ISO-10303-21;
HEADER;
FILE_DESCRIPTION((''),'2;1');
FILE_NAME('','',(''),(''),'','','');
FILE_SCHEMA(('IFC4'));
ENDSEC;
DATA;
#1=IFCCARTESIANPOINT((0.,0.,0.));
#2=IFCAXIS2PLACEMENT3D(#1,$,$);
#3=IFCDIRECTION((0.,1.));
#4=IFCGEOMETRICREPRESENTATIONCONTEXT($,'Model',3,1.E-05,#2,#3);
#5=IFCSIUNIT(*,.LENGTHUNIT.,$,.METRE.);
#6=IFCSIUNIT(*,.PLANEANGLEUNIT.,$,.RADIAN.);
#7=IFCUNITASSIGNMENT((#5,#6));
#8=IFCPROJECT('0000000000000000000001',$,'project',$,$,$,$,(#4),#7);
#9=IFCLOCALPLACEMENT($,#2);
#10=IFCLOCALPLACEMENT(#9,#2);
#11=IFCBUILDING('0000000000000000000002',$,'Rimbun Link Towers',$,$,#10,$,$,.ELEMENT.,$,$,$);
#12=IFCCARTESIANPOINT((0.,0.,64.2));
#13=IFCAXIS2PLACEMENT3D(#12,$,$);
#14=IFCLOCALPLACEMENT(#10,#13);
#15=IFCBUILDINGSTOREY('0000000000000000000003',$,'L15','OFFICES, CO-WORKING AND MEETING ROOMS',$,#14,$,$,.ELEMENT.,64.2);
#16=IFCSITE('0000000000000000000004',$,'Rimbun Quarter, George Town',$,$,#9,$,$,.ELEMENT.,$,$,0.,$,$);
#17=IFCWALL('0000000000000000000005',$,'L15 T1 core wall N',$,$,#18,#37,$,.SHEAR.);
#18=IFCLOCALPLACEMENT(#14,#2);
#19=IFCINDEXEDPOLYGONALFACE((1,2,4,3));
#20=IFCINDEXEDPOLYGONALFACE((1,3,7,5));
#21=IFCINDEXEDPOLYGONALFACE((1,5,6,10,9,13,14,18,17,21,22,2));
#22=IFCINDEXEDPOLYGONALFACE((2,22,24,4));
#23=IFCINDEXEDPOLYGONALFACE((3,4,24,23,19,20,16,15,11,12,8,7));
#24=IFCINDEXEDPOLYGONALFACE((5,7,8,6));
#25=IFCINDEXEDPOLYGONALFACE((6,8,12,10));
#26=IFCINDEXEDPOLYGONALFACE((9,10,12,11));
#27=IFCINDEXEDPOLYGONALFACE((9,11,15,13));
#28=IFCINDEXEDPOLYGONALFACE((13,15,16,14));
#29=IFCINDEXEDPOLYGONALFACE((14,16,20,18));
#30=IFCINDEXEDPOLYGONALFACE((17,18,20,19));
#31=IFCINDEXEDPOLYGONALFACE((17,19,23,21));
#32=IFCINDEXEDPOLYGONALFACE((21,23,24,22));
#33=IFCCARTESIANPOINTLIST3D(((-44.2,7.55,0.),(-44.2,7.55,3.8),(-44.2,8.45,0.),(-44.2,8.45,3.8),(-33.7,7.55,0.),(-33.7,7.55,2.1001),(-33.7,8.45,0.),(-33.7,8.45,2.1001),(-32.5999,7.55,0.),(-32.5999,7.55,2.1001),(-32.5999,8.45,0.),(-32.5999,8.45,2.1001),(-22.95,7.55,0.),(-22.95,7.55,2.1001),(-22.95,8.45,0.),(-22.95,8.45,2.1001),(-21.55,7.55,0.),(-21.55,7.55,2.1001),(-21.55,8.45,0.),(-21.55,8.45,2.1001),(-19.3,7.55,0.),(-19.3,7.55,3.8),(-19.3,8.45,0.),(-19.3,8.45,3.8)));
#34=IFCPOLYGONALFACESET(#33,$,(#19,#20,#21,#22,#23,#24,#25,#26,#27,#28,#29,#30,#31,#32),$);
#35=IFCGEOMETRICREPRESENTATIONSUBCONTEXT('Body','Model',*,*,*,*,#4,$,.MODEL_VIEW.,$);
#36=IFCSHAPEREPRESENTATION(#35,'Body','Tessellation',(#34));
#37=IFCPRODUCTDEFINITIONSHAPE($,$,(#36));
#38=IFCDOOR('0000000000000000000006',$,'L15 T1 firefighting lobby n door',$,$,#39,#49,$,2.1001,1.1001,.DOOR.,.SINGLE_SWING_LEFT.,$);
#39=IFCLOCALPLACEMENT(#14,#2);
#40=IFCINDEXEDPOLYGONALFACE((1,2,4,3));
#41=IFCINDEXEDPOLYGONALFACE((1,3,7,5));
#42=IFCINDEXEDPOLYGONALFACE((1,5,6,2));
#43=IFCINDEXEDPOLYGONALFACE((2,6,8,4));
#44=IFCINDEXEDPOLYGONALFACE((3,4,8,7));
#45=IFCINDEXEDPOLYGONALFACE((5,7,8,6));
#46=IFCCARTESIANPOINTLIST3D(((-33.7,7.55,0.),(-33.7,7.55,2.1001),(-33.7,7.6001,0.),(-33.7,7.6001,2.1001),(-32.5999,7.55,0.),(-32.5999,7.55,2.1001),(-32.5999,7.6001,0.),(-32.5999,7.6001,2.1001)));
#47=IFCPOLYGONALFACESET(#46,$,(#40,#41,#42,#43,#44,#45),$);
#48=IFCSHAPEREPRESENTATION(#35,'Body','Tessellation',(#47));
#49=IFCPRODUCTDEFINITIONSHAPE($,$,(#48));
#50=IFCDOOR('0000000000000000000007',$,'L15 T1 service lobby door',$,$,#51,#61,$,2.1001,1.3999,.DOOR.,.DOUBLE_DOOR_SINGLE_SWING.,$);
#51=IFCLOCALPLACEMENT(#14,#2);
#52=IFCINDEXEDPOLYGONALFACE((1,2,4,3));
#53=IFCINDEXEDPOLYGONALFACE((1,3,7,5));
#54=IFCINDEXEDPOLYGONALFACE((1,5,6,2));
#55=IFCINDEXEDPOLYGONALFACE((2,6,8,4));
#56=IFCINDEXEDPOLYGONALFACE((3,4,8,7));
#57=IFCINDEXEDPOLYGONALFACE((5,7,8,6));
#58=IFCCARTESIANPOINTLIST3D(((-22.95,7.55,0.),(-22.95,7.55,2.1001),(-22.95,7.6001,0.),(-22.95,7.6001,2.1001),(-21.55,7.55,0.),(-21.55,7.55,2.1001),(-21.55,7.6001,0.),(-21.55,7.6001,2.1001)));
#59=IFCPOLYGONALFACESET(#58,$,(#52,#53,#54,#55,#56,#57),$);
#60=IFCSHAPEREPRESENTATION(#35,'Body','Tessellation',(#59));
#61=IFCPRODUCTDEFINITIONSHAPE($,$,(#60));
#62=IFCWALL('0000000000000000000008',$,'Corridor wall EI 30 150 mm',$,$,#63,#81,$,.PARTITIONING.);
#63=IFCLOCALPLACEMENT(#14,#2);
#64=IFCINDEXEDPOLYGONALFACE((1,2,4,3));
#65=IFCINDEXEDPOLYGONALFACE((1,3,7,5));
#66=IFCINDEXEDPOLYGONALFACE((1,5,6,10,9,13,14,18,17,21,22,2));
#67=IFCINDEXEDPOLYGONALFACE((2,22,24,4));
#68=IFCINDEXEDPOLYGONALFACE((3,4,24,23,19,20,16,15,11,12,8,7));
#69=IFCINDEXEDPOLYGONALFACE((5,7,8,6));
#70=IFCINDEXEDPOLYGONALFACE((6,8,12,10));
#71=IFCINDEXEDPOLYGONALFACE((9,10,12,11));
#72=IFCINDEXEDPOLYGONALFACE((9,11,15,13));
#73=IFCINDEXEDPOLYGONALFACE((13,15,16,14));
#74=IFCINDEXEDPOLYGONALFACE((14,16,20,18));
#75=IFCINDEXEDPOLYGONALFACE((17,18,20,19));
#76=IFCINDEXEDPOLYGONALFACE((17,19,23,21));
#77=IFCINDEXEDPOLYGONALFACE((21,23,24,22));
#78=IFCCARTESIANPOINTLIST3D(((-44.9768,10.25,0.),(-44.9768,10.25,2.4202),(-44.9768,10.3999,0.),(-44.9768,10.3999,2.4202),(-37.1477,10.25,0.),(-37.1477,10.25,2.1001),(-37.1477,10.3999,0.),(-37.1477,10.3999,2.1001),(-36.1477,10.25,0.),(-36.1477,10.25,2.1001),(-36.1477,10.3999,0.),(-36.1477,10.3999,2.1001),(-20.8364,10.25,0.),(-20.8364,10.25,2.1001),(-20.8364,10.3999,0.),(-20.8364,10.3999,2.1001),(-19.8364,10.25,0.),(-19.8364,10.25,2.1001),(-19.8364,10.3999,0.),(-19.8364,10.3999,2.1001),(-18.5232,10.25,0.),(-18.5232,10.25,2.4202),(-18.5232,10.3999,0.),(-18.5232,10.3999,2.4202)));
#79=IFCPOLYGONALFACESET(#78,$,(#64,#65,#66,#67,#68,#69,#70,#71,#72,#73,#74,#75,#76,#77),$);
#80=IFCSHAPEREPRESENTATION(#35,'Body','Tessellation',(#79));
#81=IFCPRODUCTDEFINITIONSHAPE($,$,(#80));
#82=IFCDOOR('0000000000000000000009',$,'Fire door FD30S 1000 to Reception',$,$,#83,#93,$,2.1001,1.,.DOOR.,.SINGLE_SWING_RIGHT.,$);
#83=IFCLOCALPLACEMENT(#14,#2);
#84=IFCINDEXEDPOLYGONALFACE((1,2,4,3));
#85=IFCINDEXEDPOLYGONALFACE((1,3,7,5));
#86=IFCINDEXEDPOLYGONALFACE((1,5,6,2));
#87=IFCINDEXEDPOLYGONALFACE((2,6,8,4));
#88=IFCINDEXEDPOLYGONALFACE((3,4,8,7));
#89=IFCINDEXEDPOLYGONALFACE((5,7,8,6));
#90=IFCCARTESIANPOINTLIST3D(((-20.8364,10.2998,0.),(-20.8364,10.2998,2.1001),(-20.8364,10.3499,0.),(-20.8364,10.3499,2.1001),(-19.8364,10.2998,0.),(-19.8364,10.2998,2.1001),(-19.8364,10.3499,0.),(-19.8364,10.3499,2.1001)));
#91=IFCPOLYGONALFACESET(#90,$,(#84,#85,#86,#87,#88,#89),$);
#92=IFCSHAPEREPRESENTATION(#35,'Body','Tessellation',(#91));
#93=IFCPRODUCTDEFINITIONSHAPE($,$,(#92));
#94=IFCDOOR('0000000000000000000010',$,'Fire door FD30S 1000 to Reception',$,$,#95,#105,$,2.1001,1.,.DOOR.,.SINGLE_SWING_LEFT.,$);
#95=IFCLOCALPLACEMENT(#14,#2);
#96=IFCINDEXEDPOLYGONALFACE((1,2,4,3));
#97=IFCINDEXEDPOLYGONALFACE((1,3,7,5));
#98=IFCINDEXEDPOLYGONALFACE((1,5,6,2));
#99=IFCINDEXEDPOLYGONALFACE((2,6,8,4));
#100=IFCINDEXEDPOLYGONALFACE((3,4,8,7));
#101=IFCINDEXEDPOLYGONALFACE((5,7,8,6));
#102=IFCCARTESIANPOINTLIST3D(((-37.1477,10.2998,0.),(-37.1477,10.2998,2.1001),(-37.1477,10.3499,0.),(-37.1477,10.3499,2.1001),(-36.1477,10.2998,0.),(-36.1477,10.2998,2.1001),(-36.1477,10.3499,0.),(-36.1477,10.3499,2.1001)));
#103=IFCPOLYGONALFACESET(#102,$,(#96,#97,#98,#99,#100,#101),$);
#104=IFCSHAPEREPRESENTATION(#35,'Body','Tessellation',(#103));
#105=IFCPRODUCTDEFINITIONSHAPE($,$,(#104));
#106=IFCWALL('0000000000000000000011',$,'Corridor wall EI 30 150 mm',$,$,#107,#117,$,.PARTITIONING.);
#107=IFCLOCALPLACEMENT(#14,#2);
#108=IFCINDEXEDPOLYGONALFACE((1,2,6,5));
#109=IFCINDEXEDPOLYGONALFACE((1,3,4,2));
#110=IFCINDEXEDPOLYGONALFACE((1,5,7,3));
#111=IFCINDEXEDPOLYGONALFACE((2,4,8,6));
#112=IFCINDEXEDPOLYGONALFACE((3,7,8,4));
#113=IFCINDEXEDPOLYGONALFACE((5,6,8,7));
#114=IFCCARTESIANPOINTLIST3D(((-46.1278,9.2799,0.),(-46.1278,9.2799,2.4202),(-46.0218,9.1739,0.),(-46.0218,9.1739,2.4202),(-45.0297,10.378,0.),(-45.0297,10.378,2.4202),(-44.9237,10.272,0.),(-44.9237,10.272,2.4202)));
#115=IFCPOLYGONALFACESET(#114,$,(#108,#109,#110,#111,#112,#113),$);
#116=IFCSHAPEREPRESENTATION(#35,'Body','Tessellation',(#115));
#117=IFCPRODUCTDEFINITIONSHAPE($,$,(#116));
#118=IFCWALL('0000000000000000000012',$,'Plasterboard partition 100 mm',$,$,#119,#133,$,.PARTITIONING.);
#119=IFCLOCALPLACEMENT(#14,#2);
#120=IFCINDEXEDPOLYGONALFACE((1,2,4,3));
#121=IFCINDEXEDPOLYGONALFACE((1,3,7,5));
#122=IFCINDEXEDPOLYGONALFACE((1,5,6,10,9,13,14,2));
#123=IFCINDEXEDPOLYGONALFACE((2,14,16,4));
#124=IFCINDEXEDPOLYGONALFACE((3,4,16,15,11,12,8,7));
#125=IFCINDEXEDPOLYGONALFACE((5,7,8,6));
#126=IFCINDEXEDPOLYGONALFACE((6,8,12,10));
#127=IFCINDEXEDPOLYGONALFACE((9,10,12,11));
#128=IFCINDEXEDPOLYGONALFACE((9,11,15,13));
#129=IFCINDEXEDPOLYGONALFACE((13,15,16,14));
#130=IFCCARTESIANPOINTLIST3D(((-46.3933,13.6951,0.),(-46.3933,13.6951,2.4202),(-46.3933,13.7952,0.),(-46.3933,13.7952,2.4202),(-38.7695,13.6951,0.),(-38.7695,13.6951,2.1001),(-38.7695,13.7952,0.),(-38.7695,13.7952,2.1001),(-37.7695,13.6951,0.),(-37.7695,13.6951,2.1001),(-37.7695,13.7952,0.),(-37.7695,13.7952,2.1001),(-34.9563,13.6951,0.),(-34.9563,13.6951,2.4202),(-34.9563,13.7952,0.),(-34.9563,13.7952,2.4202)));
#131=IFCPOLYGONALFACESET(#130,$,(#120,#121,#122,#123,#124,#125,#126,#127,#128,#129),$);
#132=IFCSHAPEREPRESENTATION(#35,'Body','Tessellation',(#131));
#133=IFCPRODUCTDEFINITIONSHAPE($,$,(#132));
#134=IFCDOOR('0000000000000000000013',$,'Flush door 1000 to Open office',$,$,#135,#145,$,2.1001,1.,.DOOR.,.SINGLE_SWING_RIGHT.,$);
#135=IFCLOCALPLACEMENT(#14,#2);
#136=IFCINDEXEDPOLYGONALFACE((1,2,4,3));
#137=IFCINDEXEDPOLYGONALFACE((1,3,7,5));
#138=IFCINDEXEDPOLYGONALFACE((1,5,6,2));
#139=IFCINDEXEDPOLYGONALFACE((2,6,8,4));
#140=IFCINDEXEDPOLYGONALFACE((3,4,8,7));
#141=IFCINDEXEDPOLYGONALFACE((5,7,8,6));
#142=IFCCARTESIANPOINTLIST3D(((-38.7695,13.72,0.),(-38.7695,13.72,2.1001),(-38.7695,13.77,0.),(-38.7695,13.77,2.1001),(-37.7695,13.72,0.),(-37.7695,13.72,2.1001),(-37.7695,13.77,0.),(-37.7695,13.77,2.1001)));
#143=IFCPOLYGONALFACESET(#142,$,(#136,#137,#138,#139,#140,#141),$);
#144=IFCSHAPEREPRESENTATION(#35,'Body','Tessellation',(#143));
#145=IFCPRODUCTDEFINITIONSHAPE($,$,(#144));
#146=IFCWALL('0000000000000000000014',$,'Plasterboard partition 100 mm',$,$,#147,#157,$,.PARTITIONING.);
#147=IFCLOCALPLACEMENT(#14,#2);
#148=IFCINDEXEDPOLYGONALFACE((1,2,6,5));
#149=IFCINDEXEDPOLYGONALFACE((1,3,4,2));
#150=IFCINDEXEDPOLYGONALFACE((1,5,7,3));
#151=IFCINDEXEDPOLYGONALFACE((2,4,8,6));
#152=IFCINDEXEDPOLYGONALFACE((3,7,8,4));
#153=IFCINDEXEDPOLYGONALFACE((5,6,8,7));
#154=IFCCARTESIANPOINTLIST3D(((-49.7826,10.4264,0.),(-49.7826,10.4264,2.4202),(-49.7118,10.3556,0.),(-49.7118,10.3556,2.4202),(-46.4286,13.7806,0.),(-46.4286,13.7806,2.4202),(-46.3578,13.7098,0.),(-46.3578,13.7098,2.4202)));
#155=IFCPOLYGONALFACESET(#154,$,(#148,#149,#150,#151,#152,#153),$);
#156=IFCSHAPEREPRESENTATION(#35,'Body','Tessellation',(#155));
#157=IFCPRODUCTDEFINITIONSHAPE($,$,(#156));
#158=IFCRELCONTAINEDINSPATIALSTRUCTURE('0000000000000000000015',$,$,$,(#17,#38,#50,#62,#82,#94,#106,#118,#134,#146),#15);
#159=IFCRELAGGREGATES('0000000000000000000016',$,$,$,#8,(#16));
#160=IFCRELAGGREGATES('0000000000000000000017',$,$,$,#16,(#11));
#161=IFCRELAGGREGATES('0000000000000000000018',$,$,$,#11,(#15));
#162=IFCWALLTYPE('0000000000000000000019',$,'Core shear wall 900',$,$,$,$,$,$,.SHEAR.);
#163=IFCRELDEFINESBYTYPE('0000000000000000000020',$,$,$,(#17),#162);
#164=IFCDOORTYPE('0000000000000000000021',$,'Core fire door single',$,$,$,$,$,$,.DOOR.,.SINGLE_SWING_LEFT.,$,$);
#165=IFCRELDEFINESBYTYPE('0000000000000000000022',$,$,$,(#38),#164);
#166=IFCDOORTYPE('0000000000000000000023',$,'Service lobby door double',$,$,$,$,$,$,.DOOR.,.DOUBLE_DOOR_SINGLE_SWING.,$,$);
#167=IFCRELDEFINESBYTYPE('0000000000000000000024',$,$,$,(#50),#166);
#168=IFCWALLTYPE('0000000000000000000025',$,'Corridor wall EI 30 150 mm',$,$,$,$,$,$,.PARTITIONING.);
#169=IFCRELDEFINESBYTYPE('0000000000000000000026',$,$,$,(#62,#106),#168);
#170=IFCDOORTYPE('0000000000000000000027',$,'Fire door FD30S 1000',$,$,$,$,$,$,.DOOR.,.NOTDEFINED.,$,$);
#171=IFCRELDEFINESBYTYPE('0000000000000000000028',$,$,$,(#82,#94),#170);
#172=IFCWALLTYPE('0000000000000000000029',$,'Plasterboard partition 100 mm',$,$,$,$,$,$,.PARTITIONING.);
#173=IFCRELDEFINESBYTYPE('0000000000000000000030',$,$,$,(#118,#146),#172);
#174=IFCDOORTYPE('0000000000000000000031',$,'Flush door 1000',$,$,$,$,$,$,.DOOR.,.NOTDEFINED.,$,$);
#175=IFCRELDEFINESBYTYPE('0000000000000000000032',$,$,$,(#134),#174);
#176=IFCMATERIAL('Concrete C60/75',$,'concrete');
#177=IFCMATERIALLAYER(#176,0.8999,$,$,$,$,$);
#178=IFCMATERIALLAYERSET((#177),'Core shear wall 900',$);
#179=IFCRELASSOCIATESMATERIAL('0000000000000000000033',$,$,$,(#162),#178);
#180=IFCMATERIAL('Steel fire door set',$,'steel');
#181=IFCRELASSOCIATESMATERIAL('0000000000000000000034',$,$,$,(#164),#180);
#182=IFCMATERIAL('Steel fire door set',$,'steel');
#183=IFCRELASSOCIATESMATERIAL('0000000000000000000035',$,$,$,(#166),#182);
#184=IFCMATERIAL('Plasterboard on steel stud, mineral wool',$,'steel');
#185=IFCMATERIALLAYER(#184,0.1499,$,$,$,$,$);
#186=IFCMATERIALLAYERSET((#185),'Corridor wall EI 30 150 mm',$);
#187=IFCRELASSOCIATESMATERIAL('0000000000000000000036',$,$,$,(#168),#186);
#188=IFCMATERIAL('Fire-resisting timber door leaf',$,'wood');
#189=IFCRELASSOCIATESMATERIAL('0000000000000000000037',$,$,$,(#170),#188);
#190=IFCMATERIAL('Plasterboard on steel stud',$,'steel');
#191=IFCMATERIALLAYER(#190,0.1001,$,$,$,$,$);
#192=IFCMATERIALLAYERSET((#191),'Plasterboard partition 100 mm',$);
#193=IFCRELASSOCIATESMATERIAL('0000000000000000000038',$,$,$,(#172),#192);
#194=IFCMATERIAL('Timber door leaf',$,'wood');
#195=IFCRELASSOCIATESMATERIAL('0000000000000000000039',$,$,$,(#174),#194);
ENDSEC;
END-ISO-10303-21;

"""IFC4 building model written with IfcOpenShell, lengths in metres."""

from ifc_helpers import new_model, si_unit, direction, frame, frame_2d, origin, place, context, subcontext, project, spatial, rectangle, extrude, material, layer, layer_set, type_object, element, fill, save


model = new_model("IFC4")

# Units and contexts
model_context = context("Model", 3, precision=1e-05, world=origin(), true_north=direction((0.0, 1.0)))
body_context = subcontext(model_context, "Body", "Model", "MODEL_VIEW")
ifc_project = project(units=[si_unit("LENGTHUNIT", "METRE"), si_unit("PLANEANGLEUNIT", "RADIAN")], contexts=[model_context])

# Site, building, storey
site_placement = place(None, origin())
site = spatial("IfcSite", under=ifc_project, at=site_placement, Name="Rimbun Quarter, George Town", CompositionType="ELEMENT", RefElevation=0.0)
building_placement = place(site_placement, origin())
building = spatial("IfcBuilding", under=site, at=building_placement, Name="Rimbun Link Towers", CompositionType="ELEMENT")
storey_placement = place(building_placement, frame((0.0, 0.0, 64.2)))
storey = spatial("IfcBuildingStorey", under=building, at=storey_placement, Name="L15", Description="OFFICES, CO-WORKING AND MEETING ROOMS", CompositionType="ELEMENT", Elevation=64.2)

# Walls, openings, doors
ifc_material_1 = material(Name="Concrete C60/75", Category="concrete")
ifc_layer_1 = layer(ifc_material_1, 0.8999)
ifc_layer_set_1 = layer_set([ifc_layer_1], Name="Core shear wall 900")
wall_type_1 = type_object("IfcWallType", Name="Core shear wall 900", PredefinedType="SHEAR", material=ifc_layer_set_1)
wall_1_placement = place(storey_placement, frame((-44.2, 8.0, 0.0), z_axis=(0.0, 0.0, 1.0), x_axis=(1.0, 0.0, 0.0)))
wall_1 = element("IfcWall", 1, at=wall_1_placement, inside=storey, type_object=wall_type_1, Name="L15 T1 core wall N", PredefinedType="SHEAR", context=body_context, shape_type="SweptSolid", body=[
    extrude(rectangle(XDim=24.8999, YDim=0.8999, at=frame_2d((12.45, 0.0))), origin(), (0.0, 0.0, 1.0), 3.8),
])
opening_1_placement = place(wall_1_placement, frame((10.5, 0.0, 0.0)))
opening_1 = element("IfcOpeningElement", 2, at=opening_1_placement, cuts=wall_1, PredefinedType="OPENING", context=body_context, shape_type="SweptSolid", body=[
    extrude(rectangle(XDim=1.1001, YDim=2.1001, at=frame_2d((0.55, 1.05))), frame((0.0, 0.46, 0.0), z_axis=(0.0, -1.0, 0.0), x_axis=(1.0, 0.0, 0.0)), (0.0, 0.0, 1.0), 0.9199),
])
opening_2_placement = place(wall_1_placement, frame((21.25, 0.0, 0.0)))
opening_2 = element("IfcOpeningElement", 3, at=opening_2_placement, cuts=wall_1, PredefinedType="OPENING", context=body_context, shape_type="SweptSolid", body=[
    extrude(rectangle(XDim=1.3999, YDim=2.1001, at=frame_2d((0.7, 1.05))), frame((0.0, 0.46, 0.0), z_axis=(0.0, -1.0, 0.0), x_axis=(1.0, 0.0, 0.0)), (0.0, 0.0, 1.0), 0.9199),
])
ifc_material_2 = material(Name="Steel fire door set", Category="steel")
door_type_1 = type_object("IfcDoorType", Name="Core fire door single", OperationType="SINGLE_SWING_LEFT", PredefinedType="DOOR", material=ifc_material_2)
door_1_placement = place(opening_1_placement, origin())
door_1 = element("IfcDoor", 4, at=door_1_placement, inside=storey, type_object=door_type_1, Name="L15 T1 firefighting lobby n door", OperationType="SINGLE_SWING_LEFT", OverallHeight=2.1001, OverallWidth=1.1001, PredefinedType="DOOR", context=body_context, shape_type="SweptSolid", body=[
    extrude(rectangle(XDim=1.1001, YDim=2.1001, at=frame_2d((0.55, 1.05))), frame((0.0, -0.3999, 0.0), z_axis=(0.0, -1.0, 0.0), x_axis=(1.0, 0.0, 0.0)), (0.0, 0.0, 1.0), 0.05),
])
fill(opening_1, door_1)
ifc_material_3 = material(Name="Steel fire door set", Category="steel")
door_type_2 = type_object("IfcDoorType", Name="Service lobby door double", OperationType="DOUBLE_DOOR_SINGLE_SWING", PredefinedType="DOOR", material=ifc_material_3)
door_2_placement = place(opening_2_placement, origin())
door_2 = element("IfcDoor", 5, at=door_2_placement, inside=storey, type_object=door_type_2, Name="L15 T1 service lobby door", OperationType="DOUBLE_DOOR_SINGLE_SWING", OverallHeight=2.1001, OverallWidth=1.3999, PredefinedType="DOOR", context=body_context, shape_type="SweptSolid", body=[
    extrude(rectangle(XDim=1.3999, YDim=2.1001, at=frame_2d((0.7, 1.05))), frame((0.0, -0.3999, 0.0), z_axis=(0.0, -1.0, 0.0), x_axis=(1.0, 0.0, 0.0)), (0.0, 0.0, 1.0), 0.05),
])
fill(opening_2, door_2)
ifc_material_4 = material(Name="Plasterboard on steel stud, mineral wool", Category="steel")
ifc_layer_2 = layer(ifc_material_4, 0.1499)
ifc_layer_set_2 = layer_set([ifc_layer_2], Name="Corridor wall EI 30 150 mm")
wall_type_2 = type_object("IfcWallType", Name="Corridor wall EI 30 150 mm", PredefinedType="PARTITIONING", material=ifc_layer_set_2)
wall_2_placement = place(storey_placement, frame((-44.9768, 10.325, 0.0), z_axis=(0.0, 0.0, 1.0), x_axis=(1.0, 0.0, 0.0)))
wall_2 = element("IfcWall", 6, at=wall_2_placement, inside=storey, type_object=wall_type_2, Name="Corridor wall EI 30 150 mm", PredefinedType="PARTITIONING", context=body_context, shape_type="SweptSolid", body=[
    extrude(rectangle(XDim=26.4536, YDim=0.1499, at=frame_2d((13.2268, 0.0))), origin(), (0.0, 0.0, 1.0), 2.4202),
])
opening_3_placement = place(wall_2_placement, frame((24.1404, 0.0, 0.0)))
opening_3 = element("IfcOpeningElement", 7, at=opening_3_placement, cuts=wall_2, PredefinedType="OPENING", context=body_context, shape_type="SweptSolid", body=[
    extrude(rectangle(XDim=1.0, YDim=2.1001, at=frame_2d((0.5, 1.05))), frame((0.0, 0.085, 0.0), z_axis=(0.0, -1.0, 0.0), x_axis=(1.0, 0.0, 0.0)), (0.0, 0.0, 1.0), 0.1699),
])
opening_4_placement = place(wall_2_placement, frame((7.8291, 0.0, 0.0)))
opening_4 = element("IfcOpeningElement", 8, at=opening_4_placement, cuts=wall_2, PredefinedType="OPENING", context=body_context, shape_type="SweptSolid", body=[
    extrude(rectangle(XDim=1.0, YDim=2.1001, at=frame_2d((0.5, 1.05))), frame((0.0, 0.085, 0.0), z_axis=(0.0, -1.0, 0.0), x_axis=(1.0, 0.0, 0.0)), (0.0, 0.0, 1.0), 0.1699),
])
ifc_material_5 = material(Name="Fire-resisting timber door leaf", Category="wood")
door_type_3 = type_object("IfcDoorType", Name="Fire door FD30S 1000", OperationType="NOTDEFINED", PredefinedType="DOOR", material=ifc_material_5)
door_3_placement = place(opening_3_placement, origin())
door_3 = element("IfcDoor", 9, at=door_3_placement, inside=storey, type_object=door_type_3, Name="Fire door FD30S 1000 to Reception", OperationType="SINGLE_SWING_RIGHT", OverallHeight=2.1001, OverallWidth=1.0, PredefinedType="DOOR", context=body_context, shape_type="SweptSolid", body=[
    extrude(rectangle(XDim=1.0, YDim=2.1001, at=frame_2d((0.5, 1.05))), frame((0.0, 0.0249, 0.0), z_axis=(0.0, -1.0, 0.0), x_axis=(1.0, 0.0, 0.0)), (0.0, 0.0, 1.0), 0.05),
])
fill(opening_3, door_3)
door_4_placement = place(opening_4_placement, origin())
door_4 = element("IfcDoor", 10, at=door_4_placement, inside=storey, type_object=door_type_3, Name="Fire door FD30S 1000 to Reception", OperationType="SINGLE_SWING_LEFT", OverallHeight=2.1001, OverallWidth=1.0, PredefinedType="DOOR", context=body_context, shape_type="SweptSolid", body=[
    extrude(rectangle(XDim=1.0, YDim=2.1001, at=frame_2d((0.5, 1.05))), frame((0.0, 0.0249, 0.0), z_axis=(0.0, -1.0, 0.0), x_axis=(1.0, 0.0, 0.0)), (0.0, 0.0, 1.0), 0.05),
])
fill(opening_4, door_4)

# Wall
wall_3_placement = place(storey_placement, frame((-44.9768, 10.325, 0.0), z_axis=(0.0, 0.0, 1.0), x_axis=(-0.707107, -0.707107, 0.0)))
element("IfcWall", 11, at=wall_3_placement, inside=storey, type_object=wall_type_2, Name="Corridor wall EI 30 150 mm", PredefinedType="PARTITIONING", context=body_context, shape_type="SweptSolid", body=[
    extrude(rectangle(XDim=1.553, YDim=0.1499, at=frame_2d((0.7764, 0.0))), origin(), (0.0, 0.0, 1.0), 2.4202),
])

# Wall, opening, door
ifc_material_6 = material(Name="Plasterboard on steel stud", Category="steel")
ifc_layer_3 = layer(ifc_material_6, 0.1001)
ifc_layer_set_3 = layer_set([ifc_layer_3], Name="Plasterboard partition 100 mm")
wall_type_3 = type_object("IfcWallType", Name="Plasterboard partition 100 mm", PredefinedType="PARTITIONING", material=ifc_layer_set_3)
wall_4_placement = place(storey_placement, frame((-46.3933, 13.7451, 0.0), z_axis=(0.0, 0.0, 1.0), x_axis=(1.0, 0.0, 0.0)))
wall_4 = element("IfcWall", 12, at=wall_4_placement, inside=storey, type_object=wall_type_3, Name="Plasterboard partition 100 mm", PredefinedType="PARTITIONING", context=body_context, shape_type="SweptSolid", body=[
    extrude(rectangle(XDim=11.437, YDim=0.1001, at=frame_2d((5.7185, 0.0))), origin(), (0.0, 0.0, 1.0), 2.4202),
])
opening_5_placement = place(wall_4_placement, frame((7.6238, 0.0, 0.0)))
opening_5 = element("IfcOpeningElement", 13, at=opening_5_placement, cuts=wall_4, PredefinedType="OPENING", context=body_context, shape_type="SweptSolid", body=[
    extrude(rectangle(XDim=1.0, YDim=2.1001, at=frame_2d((0.5, 1.05))), frame((0.0, 0.0601, 0.0), z_axis=(0.0, -1.0, 0.0), x_axis=(1.0, 0.0, 0.0)), (0.0, 0.0, 1.0), 0.1201),
])
ifc_material_7 = material(Name="Timber door leaf", Category="wood")
door_type_4 = type_object("IfcDoorType", Name="Flush door 1000", OperationType="NOTDEFINED", PredefinedType="DOOR", material=ifc_material_7)
door_5_placement = place(opening_5_placement, origin())
door_5 = element("IfcDoor", 14, at=door_5_placement, inside=storey, type_object=door_type_4, Name="Flush door 1000 to Open office", OperationType="SINGLE_SWING_RIGHT", OverallHeight=2.1001, OverallWidth=1.0, PredefinedType="DOOR", context=body_context, shape_type="SweptSolid", body=[
    extrude(rectangle(XDim=1.0, YDim=2.1001, at=frame_2d((0.5, 1.05))), frame((0.0, 0.0249, 0.0), z_axis=(0.0, -1.0, 0.0), x_axis=(1.0, 0.0, 0.0)), (0.0, 0.0, 1.0), 0.05),
])
fill(opening_5, door_5)

# Wall
wall_5_placement = place(storey_placement, frame((-46.3933, 13.7451, 0.0), z_axis=(0.0, 0.0, 1.0), x_axis=(-0.707081, -0.707133, 0.0)))
element("IfcWall", 15, at=wall_5_placement, inside=storey, type_object=wall_type_3, Name="Plasterboard partition 100 mm", PredefinedType="PARTITIONING", context=body_context, shape_type="SweptSolid", body=[
    extrude(rectangle(XDim=4.7434, YDim=0.1001, at=frame_2d((2.3716, 0.0))), origin(), (0.0, 0.0, 1.0), 2.4202),
])

save(model, "model.ifc")
